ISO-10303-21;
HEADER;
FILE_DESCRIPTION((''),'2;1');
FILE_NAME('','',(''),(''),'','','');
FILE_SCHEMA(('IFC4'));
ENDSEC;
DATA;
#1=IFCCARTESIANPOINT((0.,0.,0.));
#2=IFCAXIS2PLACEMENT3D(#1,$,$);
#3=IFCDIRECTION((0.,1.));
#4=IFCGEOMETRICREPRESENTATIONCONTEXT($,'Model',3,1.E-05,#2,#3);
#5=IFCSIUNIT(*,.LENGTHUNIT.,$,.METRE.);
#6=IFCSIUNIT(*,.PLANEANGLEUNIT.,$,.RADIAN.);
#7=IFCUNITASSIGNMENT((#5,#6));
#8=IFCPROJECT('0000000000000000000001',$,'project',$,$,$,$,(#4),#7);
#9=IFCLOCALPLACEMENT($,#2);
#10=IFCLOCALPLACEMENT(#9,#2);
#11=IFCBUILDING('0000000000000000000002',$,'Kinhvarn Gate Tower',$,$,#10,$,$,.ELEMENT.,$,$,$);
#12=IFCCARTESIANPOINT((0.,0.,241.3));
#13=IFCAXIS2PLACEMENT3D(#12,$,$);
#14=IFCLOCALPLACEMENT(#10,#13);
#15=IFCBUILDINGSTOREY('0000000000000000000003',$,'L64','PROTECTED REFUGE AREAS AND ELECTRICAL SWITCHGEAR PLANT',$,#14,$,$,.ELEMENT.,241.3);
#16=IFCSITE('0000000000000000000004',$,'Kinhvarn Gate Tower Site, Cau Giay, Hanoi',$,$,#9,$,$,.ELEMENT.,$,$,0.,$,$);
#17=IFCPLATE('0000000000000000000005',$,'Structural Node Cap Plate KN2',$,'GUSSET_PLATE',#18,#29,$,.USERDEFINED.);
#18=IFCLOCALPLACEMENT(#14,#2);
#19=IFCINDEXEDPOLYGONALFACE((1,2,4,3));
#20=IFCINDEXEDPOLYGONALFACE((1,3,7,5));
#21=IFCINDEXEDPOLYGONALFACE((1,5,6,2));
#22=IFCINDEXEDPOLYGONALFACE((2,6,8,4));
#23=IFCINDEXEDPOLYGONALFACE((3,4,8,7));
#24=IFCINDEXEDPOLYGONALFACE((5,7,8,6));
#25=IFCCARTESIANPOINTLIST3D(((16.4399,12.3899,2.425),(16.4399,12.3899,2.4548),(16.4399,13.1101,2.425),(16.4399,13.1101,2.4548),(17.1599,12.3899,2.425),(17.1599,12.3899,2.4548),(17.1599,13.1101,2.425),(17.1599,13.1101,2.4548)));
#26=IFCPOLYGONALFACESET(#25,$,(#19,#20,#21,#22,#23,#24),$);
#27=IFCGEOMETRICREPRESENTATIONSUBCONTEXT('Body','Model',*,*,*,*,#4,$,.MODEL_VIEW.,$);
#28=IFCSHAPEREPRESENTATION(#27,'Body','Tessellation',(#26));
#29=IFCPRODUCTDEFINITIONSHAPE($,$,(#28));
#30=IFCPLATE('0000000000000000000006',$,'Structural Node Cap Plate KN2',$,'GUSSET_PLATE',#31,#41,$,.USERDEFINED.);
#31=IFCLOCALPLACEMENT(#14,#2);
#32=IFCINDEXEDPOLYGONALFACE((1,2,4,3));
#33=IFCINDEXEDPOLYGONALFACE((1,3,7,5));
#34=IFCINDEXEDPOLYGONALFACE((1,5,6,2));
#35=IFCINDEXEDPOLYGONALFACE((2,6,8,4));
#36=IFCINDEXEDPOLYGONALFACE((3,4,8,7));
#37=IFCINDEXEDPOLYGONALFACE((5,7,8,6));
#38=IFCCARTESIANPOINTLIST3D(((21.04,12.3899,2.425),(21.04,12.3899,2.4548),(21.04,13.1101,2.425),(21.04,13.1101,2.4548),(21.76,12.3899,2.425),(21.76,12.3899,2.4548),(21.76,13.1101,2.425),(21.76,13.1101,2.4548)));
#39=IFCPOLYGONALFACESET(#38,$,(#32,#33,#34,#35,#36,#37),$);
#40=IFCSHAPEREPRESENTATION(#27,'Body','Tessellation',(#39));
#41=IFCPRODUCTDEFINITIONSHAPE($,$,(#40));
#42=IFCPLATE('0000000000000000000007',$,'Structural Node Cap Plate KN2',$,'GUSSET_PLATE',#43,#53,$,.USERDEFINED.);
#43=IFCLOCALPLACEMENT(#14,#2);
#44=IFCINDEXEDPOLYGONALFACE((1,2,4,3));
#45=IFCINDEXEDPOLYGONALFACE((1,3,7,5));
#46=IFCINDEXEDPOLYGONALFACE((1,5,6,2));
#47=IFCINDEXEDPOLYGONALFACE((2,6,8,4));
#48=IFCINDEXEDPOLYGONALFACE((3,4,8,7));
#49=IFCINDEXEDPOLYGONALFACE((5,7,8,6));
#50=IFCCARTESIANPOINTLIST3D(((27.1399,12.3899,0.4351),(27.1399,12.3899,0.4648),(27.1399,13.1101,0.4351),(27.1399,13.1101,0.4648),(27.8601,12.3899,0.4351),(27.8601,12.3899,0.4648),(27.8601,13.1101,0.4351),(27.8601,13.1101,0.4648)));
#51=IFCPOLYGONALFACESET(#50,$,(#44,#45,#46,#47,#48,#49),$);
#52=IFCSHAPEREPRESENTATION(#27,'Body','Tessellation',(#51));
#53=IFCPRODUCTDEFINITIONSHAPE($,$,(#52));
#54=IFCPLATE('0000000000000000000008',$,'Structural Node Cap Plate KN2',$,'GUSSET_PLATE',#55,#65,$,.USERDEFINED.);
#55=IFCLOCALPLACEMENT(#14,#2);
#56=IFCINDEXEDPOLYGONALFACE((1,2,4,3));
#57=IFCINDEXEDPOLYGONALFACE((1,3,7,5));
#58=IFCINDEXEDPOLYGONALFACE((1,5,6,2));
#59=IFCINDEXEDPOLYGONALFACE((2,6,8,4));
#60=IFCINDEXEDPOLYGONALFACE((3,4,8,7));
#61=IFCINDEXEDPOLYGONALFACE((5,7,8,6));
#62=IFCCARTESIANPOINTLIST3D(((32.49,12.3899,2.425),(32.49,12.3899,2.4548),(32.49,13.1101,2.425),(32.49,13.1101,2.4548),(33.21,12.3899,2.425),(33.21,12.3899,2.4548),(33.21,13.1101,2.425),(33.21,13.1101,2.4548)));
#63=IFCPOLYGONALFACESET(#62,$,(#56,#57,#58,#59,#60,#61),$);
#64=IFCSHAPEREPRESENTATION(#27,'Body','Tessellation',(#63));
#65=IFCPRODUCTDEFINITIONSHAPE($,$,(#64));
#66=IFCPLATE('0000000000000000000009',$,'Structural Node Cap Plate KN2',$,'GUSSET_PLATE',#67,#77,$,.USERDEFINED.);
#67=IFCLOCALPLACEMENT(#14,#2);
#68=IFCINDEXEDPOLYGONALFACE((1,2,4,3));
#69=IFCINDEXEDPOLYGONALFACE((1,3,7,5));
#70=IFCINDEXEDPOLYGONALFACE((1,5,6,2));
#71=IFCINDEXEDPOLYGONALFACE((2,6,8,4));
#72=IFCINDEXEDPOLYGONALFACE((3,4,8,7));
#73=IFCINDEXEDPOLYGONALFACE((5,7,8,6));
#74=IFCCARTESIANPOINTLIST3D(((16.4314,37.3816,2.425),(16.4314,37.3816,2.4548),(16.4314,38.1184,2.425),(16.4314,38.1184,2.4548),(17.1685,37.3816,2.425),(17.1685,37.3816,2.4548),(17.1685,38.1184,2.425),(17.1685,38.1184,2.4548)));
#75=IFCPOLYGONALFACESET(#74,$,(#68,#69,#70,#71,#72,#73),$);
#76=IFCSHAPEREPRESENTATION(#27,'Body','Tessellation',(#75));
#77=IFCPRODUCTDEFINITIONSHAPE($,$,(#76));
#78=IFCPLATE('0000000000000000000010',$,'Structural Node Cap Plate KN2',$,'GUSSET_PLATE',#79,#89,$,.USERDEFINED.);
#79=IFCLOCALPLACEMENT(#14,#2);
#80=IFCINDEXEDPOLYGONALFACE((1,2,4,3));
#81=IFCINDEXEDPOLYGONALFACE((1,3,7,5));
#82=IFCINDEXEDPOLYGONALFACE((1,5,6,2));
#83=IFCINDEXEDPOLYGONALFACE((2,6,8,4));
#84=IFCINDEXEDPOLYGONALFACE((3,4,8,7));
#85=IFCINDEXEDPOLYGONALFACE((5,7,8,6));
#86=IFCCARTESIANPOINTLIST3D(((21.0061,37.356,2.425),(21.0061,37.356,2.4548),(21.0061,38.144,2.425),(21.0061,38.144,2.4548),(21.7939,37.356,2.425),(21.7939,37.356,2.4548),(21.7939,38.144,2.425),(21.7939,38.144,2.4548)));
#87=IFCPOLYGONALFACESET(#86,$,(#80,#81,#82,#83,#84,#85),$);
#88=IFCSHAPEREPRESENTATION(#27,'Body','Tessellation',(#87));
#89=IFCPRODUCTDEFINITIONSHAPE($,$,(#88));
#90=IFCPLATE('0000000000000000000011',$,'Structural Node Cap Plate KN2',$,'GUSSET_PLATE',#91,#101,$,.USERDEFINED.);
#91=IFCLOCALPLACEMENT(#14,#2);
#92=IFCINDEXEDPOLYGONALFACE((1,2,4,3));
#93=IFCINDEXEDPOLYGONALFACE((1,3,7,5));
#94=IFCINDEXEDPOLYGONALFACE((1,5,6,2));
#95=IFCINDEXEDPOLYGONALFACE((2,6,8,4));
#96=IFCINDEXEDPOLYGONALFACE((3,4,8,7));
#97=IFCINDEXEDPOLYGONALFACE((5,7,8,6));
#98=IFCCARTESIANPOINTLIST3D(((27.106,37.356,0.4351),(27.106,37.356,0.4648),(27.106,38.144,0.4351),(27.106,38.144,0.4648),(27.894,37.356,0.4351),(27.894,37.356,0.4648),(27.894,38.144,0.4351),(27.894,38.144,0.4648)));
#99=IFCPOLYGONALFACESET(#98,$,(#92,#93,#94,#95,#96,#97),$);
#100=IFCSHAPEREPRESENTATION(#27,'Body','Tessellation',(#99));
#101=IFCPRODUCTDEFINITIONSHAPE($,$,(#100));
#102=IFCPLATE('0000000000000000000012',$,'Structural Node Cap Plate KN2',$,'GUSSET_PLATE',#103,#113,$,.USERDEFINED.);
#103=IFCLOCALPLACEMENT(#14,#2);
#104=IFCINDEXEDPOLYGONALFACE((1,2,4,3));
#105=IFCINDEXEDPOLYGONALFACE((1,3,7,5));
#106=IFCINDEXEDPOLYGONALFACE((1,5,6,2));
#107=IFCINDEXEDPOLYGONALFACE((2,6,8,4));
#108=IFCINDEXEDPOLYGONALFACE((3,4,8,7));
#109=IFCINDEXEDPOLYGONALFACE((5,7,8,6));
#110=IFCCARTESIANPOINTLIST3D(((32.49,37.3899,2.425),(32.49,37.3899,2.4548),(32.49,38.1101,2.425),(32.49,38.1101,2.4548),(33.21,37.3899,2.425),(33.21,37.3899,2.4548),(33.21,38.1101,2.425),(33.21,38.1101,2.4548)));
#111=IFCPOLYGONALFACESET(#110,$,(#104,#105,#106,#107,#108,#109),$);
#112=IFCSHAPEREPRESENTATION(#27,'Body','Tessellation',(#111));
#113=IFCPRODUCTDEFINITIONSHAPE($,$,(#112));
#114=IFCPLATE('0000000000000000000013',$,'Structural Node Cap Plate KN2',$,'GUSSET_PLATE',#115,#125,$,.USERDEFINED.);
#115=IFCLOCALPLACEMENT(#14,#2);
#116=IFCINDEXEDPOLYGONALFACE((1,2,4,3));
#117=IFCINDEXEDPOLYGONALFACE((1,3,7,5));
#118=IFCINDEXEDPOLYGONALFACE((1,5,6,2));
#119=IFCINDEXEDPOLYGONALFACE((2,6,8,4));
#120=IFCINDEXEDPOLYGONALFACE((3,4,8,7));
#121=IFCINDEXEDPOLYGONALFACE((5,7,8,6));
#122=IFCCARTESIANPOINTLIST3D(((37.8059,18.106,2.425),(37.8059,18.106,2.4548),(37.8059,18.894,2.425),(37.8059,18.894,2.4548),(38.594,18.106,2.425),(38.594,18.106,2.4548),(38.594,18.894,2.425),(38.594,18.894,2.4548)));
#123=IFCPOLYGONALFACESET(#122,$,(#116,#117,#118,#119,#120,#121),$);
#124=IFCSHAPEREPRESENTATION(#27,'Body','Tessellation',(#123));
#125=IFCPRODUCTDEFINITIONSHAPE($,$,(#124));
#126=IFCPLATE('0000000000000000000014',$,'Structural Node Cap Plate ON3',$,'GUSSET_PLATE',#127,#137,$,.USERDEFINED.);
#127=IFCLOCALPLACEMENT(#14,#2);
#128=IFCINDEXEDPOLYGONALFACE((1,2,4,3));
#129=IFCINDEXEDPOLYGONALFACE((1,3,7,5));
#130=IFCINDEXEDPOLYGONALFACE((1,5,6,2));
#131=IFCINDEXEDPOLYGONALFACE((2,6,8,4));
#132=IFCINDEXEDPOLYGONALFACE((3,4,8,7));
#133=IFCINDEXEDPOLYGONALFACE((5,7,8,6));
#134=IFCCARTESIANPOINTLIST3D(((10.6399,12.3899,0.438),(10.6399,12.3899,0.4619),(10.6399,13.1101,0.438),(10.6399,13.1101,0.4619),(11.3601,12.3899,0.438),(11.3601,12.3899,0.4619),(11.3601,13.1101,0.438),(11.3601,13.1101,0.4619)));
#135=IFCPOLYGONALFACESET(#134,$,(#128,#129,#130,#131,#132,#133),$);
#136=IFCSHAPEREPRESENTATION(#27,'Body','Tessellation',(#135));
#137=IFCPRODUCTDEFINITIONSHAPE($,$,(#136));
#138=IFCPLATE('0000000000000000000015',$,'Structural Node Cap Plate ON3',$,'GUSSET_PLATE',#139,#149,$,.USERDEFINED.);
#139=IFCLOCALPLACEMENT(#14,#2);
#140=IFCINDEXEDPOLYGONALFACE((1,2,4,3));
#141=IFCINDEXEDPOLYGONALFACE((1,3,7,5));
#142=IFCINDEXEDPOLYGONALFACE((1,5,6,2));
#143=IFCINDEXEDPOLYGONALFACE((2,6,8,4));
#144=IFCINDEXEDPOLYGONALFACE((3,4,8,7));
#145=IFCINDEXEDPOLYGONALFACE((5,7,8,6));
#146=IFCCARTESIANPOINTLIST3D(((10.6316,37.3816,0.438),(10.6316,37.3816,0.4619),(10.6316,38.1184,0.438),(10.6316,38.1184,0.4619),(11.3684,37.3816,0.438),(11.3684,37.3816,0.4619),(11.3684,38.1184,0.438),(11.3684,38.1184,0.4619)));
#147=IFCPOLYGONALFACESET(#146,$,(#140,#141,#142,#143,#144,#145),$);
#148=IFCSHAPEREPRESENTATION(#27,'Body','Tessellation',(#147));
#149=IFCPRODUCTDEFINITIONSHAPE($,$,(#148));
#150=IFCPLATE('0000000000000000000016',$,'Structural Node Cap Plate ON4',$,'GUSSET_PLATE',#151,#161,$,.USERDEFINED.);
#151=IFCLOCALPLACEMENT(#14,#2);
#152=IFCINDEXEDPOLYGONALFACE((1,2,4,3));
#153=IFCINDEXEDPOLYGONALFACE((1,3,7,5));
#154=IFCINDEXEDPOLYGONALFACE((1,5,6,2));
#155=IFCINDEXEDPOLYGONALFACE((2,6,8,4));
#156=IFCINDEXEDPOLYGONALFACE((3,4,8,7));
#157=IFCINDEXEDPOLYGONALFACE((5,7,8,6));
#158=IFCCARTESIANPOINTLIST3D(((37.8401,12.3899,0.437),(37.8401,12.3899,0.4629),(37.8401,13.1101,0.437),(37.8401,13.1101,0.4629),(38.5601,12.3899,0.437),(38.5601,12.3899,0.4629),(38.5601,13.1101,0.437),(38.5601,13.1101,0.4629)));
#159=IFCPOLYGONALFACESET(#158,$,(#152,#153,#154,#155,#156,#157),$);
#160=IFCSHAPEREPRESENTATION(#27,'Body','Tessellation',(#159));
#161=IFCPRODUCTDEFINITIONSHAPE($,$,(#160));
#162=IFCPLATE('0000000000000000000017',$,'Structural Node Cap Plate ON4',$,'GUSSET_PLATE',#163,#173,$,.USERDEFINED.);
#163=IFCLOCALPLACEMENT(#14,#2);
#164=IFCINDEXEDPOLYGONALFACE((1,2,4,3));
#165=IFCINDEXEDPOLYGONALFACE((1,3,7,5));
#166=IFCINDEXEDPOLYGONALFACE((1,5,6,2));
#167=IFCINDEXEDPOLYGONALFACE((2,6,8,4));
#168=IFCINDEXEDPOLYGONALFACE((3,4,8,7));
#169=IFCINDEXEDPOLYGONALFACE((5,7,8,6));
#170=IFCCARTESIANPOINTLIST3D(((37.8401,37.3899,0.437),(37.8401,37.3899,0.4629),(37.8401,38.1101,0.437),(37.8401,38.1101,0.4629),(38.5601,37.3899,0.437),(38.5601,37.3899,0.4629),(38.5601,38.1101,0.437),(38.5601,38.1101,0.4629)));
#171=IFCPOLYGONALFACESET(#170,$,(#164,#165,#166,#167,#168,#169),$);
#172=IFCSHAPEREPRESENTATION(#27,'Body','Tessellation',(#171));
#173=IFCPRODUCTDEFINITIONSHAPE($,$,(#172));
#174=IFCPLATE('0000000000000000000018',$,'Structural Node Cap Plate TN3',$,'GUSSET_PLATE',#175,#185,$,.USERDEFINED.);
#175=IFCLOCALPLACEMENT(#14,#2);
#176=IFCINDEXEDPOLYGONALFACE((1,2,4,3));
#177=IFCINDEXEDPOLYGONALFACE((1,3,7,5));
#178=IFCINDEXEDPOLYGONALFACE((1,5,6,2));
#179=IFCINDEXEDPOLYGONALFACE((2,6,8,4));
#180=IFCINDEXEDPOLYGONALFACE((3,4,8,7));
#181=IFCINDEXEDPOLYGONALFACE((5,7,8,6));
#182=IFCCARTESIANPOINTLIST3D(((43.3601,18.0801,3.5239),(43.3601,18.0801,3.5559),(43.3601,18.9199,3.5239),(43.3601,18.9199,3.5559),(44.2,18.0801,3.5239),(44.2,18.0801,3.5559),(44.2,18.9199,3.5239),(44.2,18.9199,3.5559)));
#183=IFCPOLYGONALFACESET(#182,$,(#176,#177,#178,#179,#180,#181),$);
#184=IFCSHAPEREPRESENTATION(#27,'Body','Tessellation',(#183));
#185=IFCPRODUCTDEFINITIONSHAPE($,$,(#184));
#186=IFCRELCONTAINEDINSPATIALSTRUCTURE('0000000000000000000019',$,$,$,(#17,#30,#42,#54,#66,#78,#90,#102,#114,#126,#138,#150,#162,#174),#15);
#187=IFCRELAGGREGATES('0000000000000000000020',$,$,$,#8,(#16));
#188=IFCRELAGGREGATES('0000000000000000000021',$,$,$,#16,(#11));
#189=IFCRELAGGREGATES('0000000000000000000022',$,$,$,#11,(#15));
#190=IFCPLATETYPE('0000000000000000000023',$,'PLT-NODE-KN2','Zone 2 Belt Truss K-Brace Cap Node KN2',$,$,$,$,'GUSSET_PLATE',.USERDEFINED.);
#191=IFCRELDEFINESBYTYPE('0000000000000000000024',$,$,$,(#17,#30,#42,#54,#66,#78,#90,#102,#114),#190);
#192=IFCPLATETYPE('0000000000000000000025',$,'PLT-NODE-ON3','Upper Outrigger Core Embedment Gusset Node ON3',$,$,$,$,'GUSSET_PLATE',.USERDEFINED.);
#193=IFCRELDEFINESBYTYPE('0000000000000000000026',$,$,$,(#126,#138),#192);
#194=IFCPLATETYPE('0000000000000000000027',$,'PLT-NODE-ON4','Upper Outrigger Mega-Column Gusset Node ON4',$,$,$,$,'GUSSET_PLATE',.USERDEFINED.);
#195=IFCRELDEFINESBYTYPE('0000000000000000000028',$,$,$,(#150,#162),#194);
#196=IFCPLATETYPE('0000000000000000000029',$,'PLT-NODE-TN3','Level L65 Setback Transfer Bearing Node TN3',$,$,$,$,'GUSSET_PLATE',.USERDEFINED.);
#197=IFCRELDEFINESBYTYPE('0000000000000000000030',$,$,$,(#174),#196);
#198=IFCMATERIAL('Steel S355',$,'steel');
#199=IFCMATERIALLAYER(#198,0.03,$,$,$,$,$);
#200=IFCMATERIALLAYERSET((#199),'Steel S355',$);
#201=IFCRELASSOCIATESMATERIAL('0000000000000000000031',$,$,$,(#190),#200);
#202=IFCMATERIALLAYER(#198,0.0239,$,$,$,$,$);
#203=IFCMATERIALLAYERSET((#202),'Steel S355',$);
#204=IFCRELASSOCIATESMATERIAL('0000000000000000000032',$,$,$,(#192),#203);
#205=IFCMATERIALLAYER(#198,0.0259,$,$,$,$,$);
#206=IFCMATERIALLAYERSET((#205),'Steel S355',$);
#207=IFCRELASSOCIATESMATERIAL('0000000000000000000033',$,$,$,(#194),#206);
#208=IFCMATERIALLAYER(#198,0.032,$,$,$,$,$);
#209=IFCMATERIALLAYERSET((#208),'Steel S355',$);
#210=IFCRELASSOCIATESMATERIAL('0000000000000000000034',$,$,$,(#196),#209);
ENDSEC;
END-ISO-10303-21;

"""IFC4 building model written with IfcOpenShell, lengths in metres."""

from ifc_helpers import new_model, si_unit, direction, frame, origin, place, context, subcontext, project, spatial, polyline, outline, extrude, material, layer, layer_set, type_object, element, save


model = new_model("IFC4")

# Units and contexts
model_context = context("Model", 3, precision=1e-05, world=origin(), true_north=direction((0.0, 1.0)))
body_context = subcontext(model_context, "Body", "Model", "MODEL_VIEW")
ifc_project = project(units=[si_unit("LENGTHUNIT", "METRE"), si_unit("PLANEANGLEUNIT", "RADIAN")], contexts=[model_context])

# Site, building, storey
site_placement = place(None, origin())
site = spatial("IfcSite", under=ifc_project, at=site_placement, Name="Kinhvarn Gate Tower Site, Cau Giay, Hanoi", CompositionType="ELEMENT", RefElevation=0.0)
building_placement = place(site_placement, origin())
building = spatial("IfcBuilding", under=site, at=building_placement, Name="Kinhvarn Gate Tower", CompositionType="ELEMENT")
storey_placement = place(building_placement, frame((0.0, 0.0, 241.3)))
storey = spatial("IfcBuildingStorey", under=building, at=storey_placement, Name="L64", Description="PROTECTED REFUGE AREAS AND ELECTRICAL SWITCHGEAR PLANT", CompositionType="ELEMENT", Elevation=241.3)

# Plates
ifc_material = material(Name="Steel S355", Category="steel")
ifc_layer_1 = layer(ifc_material, 0.03)
ifc_layer_set_1 = layer_set([ifc_layer_1], Name="Steel S355")
plate_type_1 = type_object("IfcPlateType", Name="PLT-NODE-KN2", Description="Zone 2 Belt Truss K-Brace Cap Node KN2", ElementType="GUSSET_PLATE", PredefinedType="USERDEFINED", material=ifc_layer_set_1)
plate_1_placement = place(storey_placement, frame((0.0, 0.0, 2.425)))
element("IfcPlate", 1, at=plate_1_placement, inside=storey, type_object=plate_type_1, Name="Structural Node Cap Plate KN2", ObjectType="GUSSET_PLATE", PredefinedType="USERDEFINED", context=body_context, shape_type="SweptSolid", body=[
    extrude(outline(polyline([(16.4399, 12.3899), (17.1599, 12.3899), (17.1599, 13.1101), (16.4399, 13.1101), (16.4399, 12.3899)])), origin(), (0.0, 0.0, 1.0), 0.0298),
])
plate_2_placement = place(storey_placement, frame((0.0, 0.0, 2.425)))
element("IfcPlate", 2, at=plate_2_placement, inside=storey, type_object=plate_type_1, Name="Structural Node Cap Plate KN2", ObjectType="GUSSET_PLATE", PredefinedType="USERDEFINED", context=body_context, shape_type="SweptSolid", body=[
    extrude(outline(polyline([(21.04, 12.3899), (21.76, 12.3899), (21.76, 13.1101), (21.04, 13.1101), (21.04, 12.3899)])), origin(), (0.0, 0.0, 1.0), 0.0298),
])
plate_3_placement = place(storey_placement, frame((0.0, 0.0, 0.4351)))
element("IfcPlate", 3, at=plate_3_placement, inside=storey, type_object=plate_type_1, Name="Structural Node Cap Plate KN2", ObjectType="GUSSET_PLATE", PredefinedType="USERDEFINED", context=body_context, shape_type="SweptSolid", body=[
    extrude(outline(polyline([(27.1399, 12.3899), (27.8601, 12.3899), (27.8601, 13.1101), (27.1399, 13.1101), (27.1399, 12.3899)])), origin(), (0.0, 0.0, 1.0), 0.0298),
])
plate_4_placement = place(storey_placement, frame((0.0, 0.0, 2.425)))
element("IfcPlate", 4, at=plate_4_placement, inside=storey, type_object=plate_type_1, Name="Structural Node Cap Plate KN2", ObjectType="GUSSET_PLATE", PredefinedType="USERDEFINED", context=body_context, shape_type="SweptSolid", body=[
    extrude(outline(polyline([(32.49, 12.3899), (33.21, 12.3899), (33.21, 13.1101), (32.49, 13.1101), (32.49, 12.3899)])), origin(), (0.0, 0.0, 1.0), 0.0298),
])
plate_5_placement = place(storey_placement, frame((0.0, 0.0, 2.425)))
element("IfcPlate", 5, at=plate_5_placement, inside=storey, type_object=plate_type_1, Name="Structural Node Cap Plate KN2", ObjectType="GUSSET_PLATE", PredefinedType="USERDEFINED", context=body_context, shape_type="SweptSolid", body=[
    extrude(outline(polyline([(16.4314, 37.3816), (17.1685, 37.3816), (17.1685, 38.1184), (16.4314, 38.1184), (16.4314, 37.3816)])), origin(), (0.0, 0.0, 1.0), 0.0298),
])
plate_6_placement = place(storey_placement, frame((0.0, 0.0, 2.425)))
element("IfcPlate", 6, at=plate_6_placement, inside=storey, type_object=plate_type_1, Name="Structural Node Cap Plate KN2", ObjectType="GUSSET_PLATE", PredefinedType="USERDEFINED", context=body_context, shape_type="SweptSolid", body=[
    extrude(outline(polyline([(21.0061, 37.356), (21.7939, 37.356), (21.7939, 38.144), (21.0061, 38.144), (21.0061, 37.356)])), origin(), (0.0, 0.0, 1.0), 0.0298),
])
plate_7_placement = place(storey_placement, frame((0.0, 0.0, 0.4351)))
element("IfcPlate", 7, at=plate_7_placement, inside=storey, type_object=plate_type_1, Name="Structural Node Cap Plate KN2", ObjectType="GUSSET_PLATE", PredefinedType="USERDEFINED", context=body_context, shape_type="SweptSolid", body=[
    extrude(outline(polyline([(27.106, 37.356), (27.894, 37.356), (27.894, 38.144), (27.106, 38.144), (27.106, 37.356)])), origin(), (0.0, 0.0, 1.0), 0.0298),
])
plate_8_placement = place(storey_placement, frame((0.0, 0.0, 2.425)))
element("IfcPlate", 8, at=plate_8_placement, inside=storey, type_object=plate_type_1, Name="Structural Node Cap Plate KN2", ObjectType="GUSSET_PLATE", PredefinedType="USERDEFINED", context=body_context, shape_type="SweptSolid", body=[
    extrude(outline(polyline([(32.49, 37.3899), (33.21, 37.3899), (33.21, 38.1101), (32.49, 38.1101), (32.49, 37.3899)])), origin(), (0.0, 0.0, 1.0), 0.0298),
])
plate_9_placement = place(storey_placement, frame((0.0, 0.0, 2.425)))
element("IfcPlate", 9, at=plate_9_placement, inside=storey, type_object=plate_type_1, Name="Structural Node Cap Plate KN2", ObjectType="GUSSET_PLATE", PredefinedType="USERDEFINED", context=body_context, shape_type="SweptSolid", body=[
    extrude(outline(polyline([(37.8059, 18.106), (38.594, 18.106), (38.594, 18.894), (37.8059, 18.894), (37.8059, 18.106)])), origin(), (0.0, 0.0, 1.0), 0.0298),
])
ifc_layer_2 = layer(ifc_material, 0.0239)
ifc_layer_set_2 = layer_set([ifc_layer_2], Name="Steel S355")
plate_type_2 = type_object("IfcPlateType", Name="PLT-NODE-ON3", Description="Upper Outrigger Core Embedment Gusset Node ON3", ElementType="GUSSET_PLATE", PredefinedType="USERDEFINED", material=ifc_layer_set_2)
plate_10_placement = place(storey_placement, frame((0.0, 0.0, 0.438)))
element("IfcPlate", 10, at=plate_10_placement, inside=storey, type_object=plate_type_2, Name="Structural Node Cap Plate ON3", ObjectType="GUSSET_PLATE", PredefinedType="USERDEFINED", context=body_context, shape_type="SweptSolid", body=[
    extrude(outline(polyline([(10.6399, 12.3899), (11.3601, 12.3899), (11.3601, 13.1101), (10.6399, 13.1101), (10.6399, 12.3899)])), origin(), (0.0, 0.0, 1.0), 0.0239),
])
plate_11_placement = place(storey_placement, frame((0.0, 0.0, 0.438)))
element("IfcPlate", 11, at=plate_11_placement, inside=storey, type_object=plate_type_2, Name="Structural Node Cap Plate ON3", ObjectType="GUSSET_PLATE", PredefinedType="USERDEFINED", context=body_context, shape_type="SweptSolid", body=[
    extrude(outline(polyline([(10.6316, 37.3816), (11.3684, 37.3816), (11.3684, 38.1184), (10.6316, 38.1184), (10.6316, 37.3816)])), origin(), (0.0, 0.0, 1.0), 0.0239),
])
ifc_layer_3 = layer(ifc_material, 0.0259)
ifc_layer_set_3 = layer_set([ifc_layer_3], Name="Steel S355")
plate_type_3 = type_object("IfcPlateType", Name="PLT-NODE-ON4", Description="Upper Outrigger Mega-Column Gusset Node ON4", ElementType="GUSSET_PLATE", PredefinedType="USERDEFINED", material=ifc_layer_set_3)
plate_12_placement = place(storey_placement, frame((0.0, 0.0, 0.437)))
element("IfcPlate", 12, at=plate_12_placement, inside=storey, type_object=plate_type_3, Name="Structural Node Cap Plate ON4", ObjectType="GUSSET_PLATE", PredefinedType="USERDEFINED", context=body_context, shape_type="SweptSolid", body=[
    extrude(outline(polyline([(37.8401, 12.3899), (38.5601, 12.3899), (38.5601, 13.1101), (37.8401, 13.1101), (37.8401, 12.3899)])), origin(), (0.0, 0.0, 1.0), 0.0259),
])
plate_13_placement = place(storey_placement, frame((0.0, 0.0, 0.437)))
element("IfcPlate", 13, at=plate_13_placement, inside=storey, type_object=plate_type_3, Name="Structural Node Cap Plate ON4", ObjectType="GUSSET_PLATE", PredefinedType="USERDEFINED", context=body_context, shape_type="SweptSolid", body=[
    extrude(outline(polyline([(37.8401, 37.3899), (38.5601, 37.3899), (38.5601, 38.1101), (37.8401, 38.1101), (37.8401, 37.3899)])), origin(), (0.0, 0.0, 1.0), 0.0259),
])
ifc_layer_4 = layer(ifc_material, 0.032)
ifc_layer_set_4 = layer_set([ifc_layer_4], Name="Steel S355")
plate_type_4 = type_object("IfcPlateType", Name="PLT-NODE-TN3", Description="Level L65 Setback Transfer Bearing Node TN3", ElementType="GUSSET_PLATE", PredefinedType="USERDEFINED", material=ifc_layer_set_4)
plate_14_placement = place(storey_placement, frame((0.0, 0.0, 3.5239)))
element("IfcPlate", 14, at=plate_14_placement, inside=storey, type_object=plate_type_4, Name="Structural Node Cap Plate TN3", ObjectType="GUSSET_PLATE", PredefinedType="USERDEFINED", context=body_context, shape_type="SweptSolid", body=[
    extrude(outline(polyline([(43.3601, 18.0801), (44.2, 18.0801), (44.2, 18.9199), (43.3601, 18.9199), (43.3601, 18.0801)])), origin(), (0.0, 0.0, 1.0), 0.032),
])

save(model, "model.ifc")
